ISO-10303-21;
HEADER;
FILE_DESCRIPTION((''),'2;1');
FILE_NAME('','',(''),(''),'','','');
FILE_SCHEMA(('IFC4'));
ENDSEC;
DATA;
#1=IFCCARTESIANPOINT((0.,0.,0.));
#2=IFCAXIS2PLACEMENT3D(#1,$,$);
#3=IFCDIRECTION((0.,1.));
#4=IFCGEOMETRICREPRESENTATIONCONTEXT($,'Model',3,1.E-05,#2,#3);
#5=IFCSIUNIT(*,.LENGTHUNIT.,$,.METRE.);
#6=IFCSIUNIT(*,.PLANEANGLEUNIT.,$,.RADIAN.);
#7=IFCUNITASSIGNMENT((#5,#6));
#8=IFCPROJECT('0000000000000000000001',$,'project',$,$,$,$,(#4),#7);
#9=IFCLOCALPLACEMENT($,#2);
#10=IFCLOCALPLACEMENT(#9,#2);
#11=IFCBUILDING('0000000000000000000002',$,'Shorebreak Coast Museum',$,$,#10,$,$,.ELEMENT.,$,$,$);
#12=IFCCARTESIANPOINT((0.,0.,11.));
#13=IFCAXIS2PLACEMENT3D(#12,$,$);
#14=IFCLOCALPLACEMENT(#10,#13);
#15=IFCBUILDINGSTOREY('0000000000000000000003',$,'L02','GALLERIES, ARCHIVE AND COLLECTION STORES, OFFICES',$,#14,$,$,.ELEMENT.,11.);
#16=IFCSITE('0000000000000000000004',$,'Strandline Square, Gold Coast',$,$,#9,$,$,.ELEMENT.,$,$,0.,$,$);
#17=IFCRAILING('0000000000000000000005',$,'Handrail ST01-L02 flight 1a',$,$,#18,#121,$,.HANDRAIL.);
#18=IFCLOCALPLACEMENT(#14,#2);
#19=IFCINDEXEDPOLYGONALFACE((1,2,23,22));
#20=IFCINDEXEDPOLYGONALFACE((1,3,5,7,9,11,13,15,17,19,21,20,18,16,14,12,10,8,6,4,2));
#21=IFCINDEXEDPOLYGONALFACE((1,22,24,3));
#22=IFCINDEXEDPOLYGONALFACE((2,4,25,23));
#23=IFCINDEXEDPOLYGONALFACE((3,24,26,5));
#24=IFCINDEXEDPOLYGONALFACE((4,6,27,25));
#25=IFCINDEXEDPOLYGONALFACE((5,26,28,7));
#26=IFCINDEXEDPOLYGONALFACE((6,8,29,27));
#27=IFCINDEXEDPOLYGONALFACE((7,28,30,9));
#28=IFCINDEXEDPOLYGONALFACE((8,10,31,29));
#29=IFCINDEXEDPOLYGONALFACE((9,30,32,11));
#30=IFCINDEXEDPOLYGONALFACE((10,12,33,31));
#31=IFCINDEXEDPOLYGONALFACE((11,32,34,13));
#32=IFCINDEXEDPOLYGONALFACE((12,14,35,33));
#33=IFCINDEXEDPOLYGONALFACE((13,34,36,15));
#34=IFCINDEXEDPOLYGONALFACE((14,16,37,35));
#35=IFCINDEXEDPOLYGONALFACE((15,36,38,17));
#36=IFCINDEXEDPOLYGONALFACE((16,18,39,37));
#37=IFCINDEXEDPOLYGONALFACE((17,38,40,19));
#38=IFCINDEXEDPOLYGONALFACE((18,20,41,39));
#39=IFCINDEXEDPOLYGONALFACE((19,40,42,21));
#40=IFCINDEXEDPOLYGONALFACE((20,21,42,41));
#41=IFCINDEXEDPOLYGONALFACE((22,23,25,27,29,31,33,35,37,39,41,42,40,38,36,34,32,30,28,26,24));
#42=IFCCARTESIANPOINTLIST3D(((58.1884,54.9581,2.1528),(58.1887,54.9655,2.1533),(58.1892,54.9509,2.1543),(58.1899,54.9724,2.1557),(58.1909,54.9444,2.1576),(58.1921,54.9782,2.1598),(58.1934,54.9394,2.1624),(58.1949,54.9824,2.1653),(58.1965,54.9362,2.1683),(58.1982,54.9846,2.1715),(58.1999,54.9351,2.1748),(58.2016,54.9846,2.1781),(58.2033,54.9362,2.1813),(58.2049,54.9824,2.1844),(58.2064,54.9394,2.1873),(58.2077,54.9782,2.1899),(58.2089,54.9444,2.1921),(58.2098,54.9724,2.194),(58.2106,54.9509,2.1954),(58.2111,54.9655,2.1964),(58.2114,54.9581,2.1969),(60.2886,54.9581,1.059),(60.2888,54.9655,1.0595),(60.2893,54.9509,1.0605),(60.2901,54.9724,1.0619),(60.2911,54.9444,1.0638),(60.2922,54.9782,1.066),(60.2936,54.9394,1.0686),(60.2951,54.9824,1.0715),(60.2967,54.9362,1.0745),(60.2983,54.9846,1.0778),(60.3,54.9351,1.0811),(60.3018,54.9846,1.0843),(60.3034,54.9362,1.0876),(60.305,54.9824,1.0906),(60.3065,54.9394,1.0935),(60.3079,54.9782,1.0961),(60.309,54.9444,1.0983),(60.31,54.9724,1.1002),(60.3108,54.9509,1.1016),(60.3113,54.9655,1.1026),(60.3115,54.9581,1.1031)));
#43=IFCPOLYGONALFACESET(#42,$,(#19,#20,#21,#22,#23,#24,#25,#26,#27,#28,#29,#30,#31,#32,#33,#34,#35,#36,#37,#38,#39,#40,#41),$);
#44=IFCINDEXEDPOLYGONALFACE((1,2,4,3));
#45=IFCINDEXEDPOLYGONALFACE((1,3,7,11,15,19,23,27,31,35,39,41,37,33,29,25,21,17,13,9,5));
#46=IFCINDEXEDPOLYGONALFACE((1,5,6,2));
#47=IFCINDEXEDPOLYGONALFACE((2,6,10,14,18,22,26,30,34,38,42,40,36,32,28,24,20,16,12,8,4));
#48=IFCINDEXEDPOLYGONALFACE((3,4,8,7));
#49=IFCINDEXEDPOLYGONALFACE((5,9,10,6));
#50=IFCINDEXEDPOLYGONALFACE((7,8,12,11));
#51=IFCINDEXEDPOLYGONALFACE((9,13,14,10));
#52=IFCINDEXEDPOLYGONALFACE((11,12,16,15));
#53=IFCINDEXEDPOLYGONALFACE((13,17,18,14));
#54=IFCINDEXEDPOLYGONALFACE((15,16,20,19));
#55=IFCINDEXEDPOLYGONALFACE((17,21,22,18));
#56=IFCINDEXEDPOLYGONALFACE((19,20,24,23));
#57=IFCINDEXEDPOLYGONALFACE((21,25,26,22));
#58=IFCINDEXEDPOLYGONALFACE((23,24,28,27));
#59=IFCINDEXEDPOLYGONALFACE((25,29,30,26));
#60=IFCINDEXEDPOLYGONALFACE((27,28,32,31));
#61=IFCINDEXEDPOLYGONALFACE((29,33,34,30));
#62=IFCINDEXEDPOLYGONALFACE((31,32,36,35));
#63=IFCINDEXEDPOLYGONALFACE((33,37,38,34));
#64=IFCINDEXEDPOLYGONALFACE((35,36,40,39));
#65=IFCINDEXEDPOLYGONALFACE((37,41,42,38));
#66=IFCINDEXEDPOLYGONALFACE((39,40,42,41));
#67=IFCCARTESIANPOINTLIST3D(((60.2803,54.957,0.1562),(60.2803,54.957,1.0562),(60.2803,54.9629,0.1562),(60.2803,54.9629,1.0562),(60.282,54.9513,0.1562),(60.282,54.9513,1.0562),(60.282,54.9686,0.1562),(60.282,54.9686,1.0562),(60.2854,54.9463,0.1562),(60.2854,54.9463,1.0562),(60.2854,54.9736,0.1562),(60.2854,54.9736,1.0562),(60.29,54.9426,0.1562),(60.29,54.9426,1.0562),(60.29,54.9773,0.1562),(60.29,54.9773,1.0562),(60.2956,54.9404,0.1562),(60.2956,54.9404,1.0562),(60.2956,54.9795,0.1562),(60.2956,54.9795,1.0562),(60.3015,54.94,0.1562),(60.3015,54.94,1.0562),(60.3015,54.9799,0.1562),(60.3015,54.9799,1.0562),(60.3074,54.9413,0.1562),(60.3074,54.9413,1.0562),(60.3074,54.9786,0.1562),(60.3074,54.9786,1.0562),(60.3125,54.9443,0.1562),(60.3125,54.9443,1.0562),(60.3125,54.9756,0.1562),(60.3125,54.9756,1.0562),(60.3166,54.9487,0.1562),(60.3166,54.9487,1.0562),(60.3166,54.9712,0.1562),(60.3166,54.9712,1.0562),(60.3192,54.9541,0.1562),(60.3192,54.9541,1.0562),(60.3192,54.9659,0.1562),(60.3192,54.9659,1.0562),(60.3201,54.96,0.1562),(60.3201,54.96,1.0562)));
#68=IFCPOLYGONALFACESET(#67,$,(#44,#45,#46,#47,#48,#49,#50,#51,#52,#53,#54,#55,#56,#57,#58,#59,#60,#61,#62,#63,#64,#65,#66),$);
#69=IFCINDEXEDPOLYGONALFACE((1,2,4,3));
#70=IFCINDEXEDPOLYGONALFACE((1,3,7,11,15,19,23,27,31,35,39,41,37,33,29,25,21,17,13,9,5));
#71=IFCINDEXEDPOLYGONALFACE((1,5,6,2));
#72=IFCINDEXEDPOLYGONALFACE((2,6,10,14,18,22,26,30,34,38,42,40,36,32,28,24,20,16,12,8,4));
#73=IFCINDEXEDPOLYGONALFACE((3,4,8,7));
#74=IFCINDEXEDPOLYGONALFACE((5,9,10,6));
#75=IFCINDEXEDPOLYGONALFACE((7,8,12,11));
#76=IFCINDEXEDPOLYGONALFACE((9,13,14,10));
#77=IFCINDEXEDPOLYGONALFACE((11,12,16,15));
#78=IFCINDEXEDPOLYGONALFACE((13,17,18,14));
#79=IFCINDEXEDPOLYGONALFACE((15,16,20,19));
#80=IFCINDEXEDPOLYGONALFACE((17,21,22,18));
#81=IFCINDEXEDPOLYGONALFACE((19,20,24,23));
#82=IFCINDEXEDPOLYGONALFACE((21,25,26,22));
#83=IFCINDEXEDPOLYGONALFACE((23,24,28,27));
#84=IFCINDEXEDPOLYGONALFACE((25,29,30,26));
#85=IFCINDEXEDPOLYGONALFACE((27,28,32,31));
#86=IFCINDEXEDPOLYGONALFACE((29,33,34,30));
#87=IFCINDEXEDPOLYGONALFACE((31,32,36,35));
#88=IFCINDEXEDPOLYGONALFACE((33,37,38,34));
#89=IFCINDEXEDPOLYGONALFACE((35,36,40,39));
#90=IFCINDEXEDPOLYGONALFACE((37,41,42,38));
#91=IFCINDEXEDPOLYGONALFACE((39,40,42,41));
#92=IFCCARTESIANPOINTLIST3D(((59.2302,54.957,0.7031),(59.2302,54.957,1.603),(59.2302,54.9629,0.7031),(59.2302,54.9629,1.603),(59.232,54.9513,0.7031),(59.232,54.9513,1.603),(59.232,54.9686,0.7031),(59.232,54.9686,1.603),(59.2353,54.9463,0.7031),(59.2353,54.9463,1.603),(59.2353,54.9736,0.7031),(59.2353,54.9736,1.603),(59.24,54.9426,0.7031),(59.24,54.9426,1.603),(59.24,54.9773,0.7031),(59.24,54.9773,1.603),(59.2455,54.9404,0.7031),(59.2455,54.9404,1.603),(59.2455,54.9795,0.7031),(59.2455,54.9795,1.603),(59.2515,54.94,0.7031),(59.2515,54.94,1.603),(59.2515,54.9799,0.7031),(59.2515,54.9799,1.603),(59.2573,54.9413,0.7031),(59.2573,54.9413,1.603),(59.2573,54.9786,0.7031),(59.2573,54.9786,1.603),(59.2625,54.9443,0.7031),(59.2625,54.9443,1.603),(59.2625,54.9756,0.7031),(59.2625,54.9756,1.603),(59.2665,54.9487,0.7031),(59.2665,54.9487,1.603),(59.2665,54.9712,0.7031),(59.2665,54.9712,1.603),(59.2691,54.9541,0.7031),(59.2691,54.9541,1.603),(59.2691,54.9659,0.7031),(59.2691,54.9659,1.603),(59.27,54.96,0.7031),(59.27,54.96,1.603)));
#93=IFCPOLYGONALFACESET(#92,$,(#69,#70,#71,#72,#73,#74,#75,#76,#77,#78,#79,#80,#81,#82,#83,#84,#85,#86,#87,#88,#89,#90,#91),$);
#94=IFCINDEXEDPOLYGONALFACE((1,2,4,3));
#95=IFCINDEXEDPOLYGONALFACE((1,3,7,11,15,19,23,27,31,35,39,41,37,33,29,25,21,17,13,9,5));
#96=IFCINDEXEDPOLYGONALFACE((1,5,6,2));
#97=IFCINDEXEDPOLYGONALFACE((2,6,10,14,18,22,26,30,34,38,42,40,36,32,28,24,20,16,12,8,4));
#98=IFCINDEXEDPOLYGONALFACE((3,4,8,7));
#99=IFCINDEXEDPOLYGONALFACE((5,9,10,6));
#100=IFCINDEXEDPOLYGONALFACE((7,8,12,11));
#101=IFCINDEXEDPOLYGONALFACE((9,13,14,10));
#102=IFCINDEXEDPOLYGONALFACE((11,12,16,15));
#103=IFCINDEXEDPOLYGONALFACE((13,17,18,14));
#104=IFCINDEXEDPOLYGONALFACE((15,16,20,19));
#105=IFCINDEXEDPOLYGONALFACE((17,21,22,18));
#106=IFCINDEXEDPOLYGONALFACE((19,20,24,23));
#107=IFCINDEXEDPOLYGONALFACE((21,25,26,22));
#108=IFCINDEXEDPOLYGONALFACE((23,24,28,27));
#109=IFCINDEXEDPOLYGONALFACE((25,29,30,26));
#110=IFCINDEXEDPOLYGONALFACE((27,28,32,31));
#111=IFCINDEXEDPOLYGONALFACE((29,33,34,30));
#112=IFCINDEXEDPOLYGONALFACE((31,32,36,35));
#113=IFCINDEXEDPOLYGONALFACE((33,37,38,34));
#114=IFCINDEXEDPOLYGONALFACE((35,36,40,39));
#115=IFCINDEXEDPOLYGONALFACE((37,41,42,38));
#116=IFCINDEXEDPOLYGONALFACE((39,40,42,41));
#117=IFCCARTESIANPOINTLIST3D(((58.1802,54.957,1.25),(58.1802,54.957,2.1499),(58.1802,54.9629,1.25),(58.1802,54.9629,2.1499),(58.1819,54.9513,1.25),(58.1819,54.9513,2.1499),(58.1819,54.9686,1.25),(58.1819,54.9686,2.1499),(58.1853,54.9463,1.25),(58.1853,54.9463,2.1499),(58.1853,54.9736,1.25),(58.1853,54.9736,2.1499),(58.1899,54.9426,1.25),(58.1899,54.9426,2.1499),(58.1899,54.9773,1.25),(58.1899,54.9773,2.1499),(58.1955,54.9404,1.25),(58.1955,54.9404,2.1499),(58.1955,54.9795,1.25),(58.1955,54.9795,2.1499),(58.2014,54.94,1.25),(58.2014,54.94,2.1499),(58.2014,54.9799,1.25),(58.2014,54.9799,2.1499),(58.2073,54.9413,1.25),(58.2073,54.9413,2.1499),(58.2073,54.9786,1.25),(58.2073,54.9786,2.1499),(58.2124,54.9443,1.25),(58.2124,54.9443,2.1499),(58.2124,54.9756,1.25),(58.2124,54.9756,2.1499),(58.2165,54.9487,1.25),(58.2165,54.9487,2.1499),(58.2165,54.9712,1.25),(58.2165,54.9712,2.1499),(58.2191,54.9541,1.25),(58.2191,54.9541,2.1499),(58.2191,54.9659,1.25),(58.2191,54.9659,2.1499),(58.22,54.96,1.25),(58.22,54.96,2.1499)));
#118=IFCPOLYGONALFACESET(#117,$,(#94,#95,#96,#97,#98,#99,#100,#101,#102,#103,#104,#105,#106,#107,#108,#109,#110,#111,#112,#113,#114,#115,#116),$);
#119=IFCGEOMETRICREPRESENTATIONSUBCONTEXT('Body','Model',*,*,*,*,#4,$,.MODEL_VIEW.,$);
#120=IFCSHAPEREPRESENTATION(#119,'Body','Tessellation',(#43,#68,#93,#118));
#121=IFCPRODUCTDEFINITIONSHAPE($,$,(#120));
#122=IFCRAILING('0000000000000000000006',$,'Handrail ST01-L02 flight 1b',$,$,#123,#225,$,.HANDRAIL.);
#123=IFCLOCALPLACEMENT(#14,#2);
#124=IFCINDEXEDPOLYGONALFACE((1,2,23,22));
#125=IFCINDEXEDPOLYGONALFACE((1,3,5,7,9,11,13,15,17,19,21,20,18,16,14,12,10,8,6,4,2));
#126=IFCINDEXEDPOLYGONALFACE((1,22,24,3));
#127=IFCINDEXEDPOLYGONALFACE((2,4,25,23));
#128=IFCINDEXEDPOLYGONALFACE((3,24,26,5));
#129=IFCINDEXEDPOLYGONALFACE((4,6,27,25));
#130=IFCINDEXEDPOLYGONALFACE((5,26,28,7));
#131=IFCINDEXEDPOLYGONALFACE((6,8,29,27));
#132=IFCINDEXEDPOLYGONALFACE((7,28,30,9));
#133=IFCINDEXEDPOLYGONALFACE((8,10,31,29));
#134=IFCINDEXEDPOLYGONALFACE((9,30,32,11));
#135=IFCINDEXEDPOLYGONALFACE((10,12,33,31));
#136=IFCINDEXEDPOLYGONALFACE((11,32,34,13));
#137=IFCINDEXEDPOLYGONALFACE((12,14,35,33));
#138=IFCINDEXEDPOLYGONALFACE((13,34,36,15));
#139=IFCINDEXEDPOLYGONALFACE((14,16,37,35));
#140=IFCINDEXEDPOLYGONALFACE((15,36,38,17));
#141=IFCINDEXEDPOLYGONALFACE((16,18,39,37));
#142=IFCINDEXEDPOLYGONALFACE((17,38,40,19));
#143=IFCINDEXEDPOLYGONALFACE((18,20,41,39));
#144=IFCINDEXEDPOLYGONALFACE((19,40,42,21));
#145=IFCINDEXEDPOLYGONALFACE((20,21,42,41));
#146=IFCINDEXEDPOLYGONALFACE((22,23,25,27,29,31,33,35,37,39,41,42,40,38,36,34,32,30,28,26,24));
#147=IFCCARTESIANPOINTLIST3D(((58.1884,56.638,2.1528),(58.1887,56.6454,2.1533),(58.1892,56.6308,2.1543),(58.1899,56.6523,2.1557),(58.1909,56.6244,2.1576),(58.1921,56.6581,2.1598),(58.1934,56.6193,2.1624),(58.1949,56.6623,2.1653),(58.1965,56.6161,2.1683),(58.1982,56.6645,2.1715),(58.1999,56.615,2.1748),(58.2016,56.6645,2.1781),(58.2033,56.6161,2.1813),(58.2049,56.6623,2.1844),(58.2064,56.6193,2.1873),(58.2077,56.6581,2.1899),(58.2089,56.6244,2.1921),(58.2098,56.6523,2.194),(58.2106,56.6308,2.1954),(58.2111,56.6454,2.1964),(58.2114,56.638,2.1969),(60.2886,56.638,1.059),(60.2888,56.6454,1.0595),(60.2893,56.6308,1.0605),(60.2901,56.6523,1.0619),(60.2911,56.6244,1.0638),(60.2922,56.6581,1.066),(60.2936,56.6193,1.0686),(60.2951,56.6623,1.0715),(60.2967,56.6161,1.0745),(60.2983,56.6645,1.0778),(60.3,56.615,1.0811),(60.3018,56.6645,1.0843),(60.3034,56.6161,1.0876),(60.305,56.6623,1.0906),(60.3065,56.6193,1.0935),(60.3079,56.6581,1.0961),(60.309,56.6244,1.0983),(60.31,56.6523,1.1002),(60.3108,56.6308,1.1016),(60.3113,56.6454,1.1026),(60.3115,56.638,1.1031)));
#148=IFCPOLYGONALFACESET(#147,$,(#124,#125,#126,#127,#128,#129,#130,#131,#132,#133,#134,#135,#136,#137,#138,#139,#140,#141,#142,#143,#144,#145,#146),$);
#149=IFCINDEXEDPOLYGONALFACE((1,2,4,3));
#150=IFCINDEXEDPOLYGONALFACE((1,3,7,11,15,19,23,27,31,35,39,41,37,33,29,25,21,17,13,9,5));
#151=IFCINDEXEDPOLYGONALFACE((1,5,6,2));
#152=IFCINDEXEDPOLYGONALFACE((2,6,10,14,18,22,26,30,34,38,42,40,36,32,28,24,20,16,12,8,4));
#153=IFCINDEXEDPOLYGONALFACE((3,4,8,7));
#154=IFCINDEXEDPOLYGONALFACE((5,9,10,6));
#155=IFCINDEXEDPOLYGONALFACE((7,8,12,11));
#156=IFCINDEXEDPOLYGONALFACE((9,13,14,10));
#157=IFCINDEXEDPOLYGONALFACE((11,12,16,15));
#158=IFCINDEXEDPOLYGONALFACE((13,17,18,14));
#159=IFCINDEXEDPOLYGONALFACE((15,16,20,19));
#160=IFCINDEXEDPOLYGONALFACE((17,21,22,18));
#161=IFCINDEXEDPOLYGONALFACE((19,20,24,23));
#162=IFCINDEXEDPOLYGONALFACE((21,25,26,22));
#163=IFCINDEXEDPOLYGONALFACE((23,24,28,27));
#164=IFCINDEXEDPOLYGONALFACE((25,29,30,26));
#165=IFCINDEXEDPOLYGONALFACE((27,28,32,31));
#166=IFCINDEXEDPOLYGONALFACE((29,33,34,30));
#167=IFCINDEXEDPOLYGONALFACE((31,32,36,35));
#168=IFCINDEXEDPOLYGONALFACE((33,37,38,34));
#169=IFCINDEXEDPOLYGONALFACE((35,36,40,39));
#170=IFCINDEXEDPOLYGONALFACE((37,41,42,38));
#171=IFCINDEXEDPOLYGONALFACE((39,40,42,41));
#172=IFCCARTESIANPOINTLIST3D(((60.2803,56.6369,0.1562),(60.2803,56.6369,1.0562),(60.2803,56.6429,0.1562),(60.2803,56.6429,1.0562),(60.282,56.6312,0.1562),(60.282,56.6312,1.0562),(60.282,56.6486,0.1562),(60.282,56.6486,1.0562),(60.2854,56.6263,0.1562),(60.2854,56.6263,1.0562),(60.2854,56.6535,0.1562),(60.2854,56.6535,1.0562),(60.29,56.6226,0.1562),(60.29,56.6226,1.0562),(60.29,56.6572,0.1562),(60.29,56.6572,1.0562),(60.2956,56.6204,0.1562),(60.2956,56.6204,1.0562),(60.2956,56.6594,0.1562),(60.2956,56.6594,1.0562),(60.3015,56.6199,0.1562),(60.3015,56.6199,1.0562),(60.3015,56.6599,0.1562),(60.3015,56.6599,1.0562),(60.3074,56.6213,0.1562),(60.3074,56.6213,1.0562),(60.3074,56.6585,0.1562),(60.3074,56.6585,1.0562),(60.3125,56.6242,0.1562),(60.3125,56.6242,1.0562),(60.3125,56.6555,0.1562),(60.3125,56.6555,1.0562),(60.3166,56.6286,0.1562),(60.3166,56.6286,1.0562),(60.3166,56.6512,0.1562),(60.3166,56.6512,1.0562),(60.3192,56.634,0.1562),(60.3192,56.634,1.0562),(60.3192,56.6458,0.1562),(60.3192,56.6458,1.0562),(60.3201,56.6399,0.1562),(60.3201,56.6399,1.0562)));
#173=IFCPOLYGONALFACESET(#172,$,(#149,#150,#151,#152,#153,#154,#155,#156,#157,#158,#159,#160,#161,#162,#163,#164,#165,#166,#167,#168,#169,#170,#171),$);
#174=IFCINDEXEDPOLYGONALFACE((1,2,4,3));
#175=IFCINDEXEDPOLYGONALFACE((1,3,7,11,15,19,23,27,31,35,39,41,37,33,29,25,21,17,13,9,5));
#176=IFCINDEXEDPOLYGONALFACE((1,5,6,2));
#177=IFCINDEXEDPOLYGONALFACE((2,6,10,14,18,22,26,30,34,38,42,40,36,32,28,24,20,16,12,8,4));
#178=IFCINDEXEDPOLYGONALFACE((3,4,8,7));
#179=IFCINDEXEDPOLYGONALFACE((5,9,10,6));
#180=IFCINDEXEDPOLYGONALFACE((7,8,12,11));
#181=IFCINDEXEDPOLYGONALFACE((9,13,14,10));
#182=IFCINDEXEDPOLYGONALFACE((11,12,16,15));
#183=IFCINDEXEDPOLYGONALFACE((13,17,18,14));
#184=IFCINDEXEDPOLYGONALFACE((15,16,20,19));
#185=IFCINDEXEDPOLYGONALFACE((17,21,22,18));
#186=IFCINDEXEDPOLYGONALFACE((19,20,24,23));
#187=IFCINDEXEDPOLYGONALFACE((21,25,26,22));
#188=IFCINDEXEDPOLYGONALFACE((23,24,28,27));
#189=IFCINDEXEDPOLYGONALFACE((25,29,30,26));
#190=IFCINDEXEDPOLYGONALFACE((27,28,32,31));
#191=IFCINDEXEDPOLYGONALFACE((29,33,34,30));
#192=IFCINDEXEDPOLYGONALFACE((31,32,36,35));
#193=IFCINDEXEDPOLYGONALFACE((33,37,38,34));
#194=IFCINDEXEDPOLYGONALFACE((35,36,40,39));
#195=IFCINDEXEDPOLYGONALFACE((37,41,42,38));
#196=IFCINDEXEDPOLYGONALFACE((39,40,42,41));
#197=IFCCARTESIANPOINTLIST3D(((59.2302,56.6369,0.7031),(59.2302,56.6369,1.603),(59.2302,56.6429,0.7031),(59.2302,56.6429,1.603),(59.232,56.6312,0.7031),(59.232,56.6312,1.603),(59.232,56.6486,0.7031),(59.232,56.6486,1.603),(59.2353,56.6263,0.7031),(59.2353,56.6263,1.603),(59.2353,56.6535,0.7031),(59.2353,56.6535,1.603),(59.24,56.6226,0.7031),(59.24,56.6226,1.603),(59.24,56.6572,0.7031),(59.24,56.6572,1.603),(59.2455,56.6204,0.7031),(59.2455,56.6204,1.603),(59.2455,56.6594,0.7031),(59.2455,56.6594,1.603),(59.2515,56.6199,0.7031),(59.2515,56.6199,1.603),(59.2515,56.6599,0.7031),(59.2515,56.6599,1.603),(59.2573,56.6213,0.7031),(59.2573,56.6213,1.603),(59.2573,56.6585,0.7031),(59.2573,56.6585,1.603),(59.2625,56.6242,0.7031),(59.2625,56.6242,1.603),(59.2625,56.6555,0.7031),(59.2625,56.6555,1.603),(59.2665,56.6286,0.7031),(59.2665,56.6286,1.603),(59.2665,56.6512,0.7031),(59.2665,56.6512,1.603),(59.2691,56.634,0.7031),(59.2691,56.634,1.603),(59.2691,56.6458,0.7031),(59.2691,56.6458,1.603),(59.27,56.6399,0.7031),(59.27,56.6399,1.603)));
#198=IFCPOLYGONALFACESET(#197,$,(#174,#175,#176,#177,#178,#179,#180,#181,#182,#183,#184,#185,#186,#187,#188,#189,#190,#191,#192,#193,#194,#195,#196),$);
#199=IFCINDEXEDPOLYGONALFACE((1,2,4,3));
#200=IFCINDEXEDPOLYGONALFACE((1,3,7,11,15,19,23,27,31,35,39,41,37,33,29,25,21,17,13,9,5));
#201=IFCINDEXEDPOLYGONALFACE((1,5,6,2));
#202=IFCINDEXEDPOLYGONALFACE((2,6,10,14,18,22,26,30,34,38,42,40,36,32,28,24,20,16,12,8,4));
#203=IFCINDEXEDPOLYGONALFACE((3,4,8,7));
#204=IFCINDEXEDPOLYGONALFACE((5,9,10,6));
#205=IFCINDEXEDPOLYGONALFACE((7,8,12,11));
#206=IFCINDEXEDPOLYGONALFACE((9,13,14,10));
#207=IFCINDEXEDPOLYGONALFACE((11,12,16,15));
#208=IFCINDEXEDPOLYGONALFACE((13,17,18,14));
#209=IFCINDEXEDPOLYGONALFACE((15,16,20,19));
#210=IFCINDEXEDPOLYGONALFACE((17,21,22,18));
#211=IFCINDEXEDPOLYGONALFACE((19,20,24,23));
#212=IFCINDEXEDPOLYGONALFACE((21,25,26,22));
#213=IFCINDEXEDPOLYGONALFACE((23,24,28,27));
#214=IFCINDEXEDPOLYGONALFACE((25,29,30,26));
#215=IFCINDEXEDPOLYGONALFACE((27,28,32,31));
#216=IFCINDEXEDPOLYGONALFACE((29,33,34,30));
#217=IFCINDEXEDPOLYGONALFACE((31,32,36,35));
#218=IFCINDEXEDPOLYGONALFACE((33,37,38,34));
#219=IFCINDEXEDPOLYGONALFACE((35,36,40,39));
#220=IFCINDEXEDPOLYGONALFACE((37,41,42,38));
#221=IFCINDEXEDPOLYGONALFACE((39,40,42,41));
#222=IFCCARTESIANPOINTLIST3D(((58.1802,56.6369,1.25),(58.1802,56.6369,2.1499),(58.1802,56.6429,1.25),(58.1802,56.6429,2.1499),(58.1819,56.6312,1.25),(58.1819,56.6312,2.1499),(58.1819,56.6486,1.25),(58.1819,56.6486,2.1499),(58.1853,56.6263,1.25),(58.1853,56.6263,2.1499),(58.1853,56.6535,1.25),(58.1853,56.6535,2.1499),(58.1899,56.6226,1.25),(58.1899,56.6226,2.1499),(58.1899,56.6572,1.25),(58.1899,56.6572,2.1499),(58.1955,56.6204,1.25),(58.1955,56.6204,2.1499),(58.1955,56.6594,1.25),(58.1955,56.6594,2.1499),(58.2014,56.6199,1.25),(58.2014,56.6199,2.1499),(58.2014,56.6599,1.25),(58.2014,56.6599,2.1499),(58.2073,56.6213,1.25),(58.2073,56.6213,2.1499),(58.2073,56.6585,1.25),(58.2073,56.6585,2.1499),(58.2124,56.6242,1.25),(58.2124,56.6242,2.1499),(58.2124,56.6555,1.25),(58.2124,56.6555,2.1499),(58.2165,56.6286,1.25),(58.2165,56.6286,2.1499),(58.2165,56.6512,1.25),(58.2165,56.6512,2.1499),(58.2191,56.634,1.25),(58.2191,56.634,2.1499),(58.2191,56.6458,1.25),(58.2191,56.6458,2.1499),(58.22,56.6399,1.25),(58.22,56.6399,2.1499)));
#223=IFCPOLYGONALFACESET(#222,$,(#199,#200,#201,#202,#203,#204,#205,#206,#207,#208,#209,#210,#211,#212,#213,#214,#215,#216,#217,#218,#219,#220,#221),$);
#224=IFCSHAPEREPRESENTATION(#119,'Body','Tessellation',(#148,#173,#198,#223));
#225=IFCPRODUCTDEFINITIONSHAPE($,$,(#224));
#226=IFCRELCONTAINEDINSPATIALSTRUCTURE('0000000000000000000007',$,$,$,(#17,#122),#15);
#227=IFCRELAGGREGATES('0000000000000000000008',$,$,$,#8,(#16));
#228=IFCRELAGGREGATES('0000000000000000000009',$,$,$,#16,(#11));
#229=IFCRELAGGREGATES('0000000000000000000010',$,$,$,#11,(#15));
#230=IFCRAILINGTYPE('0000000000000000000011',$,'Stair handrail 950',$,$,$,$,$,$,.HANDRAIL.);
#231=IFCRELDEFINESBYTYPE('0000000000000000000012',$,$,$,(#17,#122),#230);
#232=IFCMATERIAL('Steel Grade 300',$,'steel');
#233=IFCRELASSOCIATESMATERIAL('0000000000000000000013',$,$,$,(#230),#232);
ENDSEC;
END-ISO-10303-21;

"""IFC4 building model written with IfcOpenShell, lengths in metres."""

from ifc_helpers import new_model, si_unit, direction, frame, origin, origin_2d, place, context, subcontext, project, spatial, circle, extrude, material, type_object, element, save


model = new_model("IFC4")

# Units and contexts
model_context = context("Model", 3, precision=1e-05, world=origin(), true_north=direction((0.0, 1.0)))
body_context = subcontext(model_context, "Body", "Model", "MODEL_VIEW")
ifc_project = project(units=[si_unit("LENGTHUNIT", "METRE"), si_unit("PLANEANGLEUNIT", "RADIAN")], contexts=[model_context])

# Site, building, storey
site_placement = place(None, origin())
site = spatial("IfcSite", under=ifc_project, at=site_placement, Name="Strandline Square, Gold Coast", CompositionType="ELEMENT", RefElevation=0.0)
building_placement = place(site_placement, origin())
building = spatial("IfcBuilding", under=site, at=building_placement, Name="Shorebreak Coast Museum", CompositionType="ELEMENT")
storey_placement = place(building_placement, frame((0.0, 0.0, 11.0)))
storey = spatial("IfcBuildingStorey", under=building, at=storey_placement, Name="L02", Description="GALLERIES, ARCHIVE AND COLLECTION STORES, OFFICES", CompositionType="ELEMENT", Elevation=11.0)

# Railings
ifc_material_1 = material(Name="Steel Grade 300", Category="steel")
railing_type_1 = type_object("IfcRailingType", Name="Stair handrail 950", PredefinedType="HANDRAIL", material=ifc_material_1)
for number, where, name in (
    (1, (60.3, 54.96, 0.1562), "Handrail ST01-L02 flight 1a"),
    (2, (60.3, 56.6399, 0.1562), "Handrail ST01-L02 flight 1b"),
):
    element("IfcRailing", number, at=place(storey_placement, frame(where)), inside=storey, type_object=railing_type_1, Name=name, PredefinedType="HANDRAIL", context=body_context, shape_type="SweptSolid", body=[
        extrude(circle(Radius=0.0249, at=origin_2d()), frame((0.0, 0.0, 0.9248), z_axis=(-0.886923, 0.0, 0.461918), x_axis=(0.0, -1.0, 0.0)), (0.0, 0.0, 1.0), 2.3679),
        extrude(circle(Radius=0.02, at=origin_2d()), origin(), (0.0, 0.0, 1.0), 0.8999),
        extrude(circle(Radius=0.02, at=origin_2d()), frame((-1.05, 0.0, 0.5469)), (0.0, 0.0, 1.0), 0.8999),
        extrude(circle(Radius=0.02, at=origin_2d()), frame((-2.1001, 0.0, 1.0938)), (0.0, 0.0, 1.0), 0.8999),
    ])

save(model, "model.ifc")
